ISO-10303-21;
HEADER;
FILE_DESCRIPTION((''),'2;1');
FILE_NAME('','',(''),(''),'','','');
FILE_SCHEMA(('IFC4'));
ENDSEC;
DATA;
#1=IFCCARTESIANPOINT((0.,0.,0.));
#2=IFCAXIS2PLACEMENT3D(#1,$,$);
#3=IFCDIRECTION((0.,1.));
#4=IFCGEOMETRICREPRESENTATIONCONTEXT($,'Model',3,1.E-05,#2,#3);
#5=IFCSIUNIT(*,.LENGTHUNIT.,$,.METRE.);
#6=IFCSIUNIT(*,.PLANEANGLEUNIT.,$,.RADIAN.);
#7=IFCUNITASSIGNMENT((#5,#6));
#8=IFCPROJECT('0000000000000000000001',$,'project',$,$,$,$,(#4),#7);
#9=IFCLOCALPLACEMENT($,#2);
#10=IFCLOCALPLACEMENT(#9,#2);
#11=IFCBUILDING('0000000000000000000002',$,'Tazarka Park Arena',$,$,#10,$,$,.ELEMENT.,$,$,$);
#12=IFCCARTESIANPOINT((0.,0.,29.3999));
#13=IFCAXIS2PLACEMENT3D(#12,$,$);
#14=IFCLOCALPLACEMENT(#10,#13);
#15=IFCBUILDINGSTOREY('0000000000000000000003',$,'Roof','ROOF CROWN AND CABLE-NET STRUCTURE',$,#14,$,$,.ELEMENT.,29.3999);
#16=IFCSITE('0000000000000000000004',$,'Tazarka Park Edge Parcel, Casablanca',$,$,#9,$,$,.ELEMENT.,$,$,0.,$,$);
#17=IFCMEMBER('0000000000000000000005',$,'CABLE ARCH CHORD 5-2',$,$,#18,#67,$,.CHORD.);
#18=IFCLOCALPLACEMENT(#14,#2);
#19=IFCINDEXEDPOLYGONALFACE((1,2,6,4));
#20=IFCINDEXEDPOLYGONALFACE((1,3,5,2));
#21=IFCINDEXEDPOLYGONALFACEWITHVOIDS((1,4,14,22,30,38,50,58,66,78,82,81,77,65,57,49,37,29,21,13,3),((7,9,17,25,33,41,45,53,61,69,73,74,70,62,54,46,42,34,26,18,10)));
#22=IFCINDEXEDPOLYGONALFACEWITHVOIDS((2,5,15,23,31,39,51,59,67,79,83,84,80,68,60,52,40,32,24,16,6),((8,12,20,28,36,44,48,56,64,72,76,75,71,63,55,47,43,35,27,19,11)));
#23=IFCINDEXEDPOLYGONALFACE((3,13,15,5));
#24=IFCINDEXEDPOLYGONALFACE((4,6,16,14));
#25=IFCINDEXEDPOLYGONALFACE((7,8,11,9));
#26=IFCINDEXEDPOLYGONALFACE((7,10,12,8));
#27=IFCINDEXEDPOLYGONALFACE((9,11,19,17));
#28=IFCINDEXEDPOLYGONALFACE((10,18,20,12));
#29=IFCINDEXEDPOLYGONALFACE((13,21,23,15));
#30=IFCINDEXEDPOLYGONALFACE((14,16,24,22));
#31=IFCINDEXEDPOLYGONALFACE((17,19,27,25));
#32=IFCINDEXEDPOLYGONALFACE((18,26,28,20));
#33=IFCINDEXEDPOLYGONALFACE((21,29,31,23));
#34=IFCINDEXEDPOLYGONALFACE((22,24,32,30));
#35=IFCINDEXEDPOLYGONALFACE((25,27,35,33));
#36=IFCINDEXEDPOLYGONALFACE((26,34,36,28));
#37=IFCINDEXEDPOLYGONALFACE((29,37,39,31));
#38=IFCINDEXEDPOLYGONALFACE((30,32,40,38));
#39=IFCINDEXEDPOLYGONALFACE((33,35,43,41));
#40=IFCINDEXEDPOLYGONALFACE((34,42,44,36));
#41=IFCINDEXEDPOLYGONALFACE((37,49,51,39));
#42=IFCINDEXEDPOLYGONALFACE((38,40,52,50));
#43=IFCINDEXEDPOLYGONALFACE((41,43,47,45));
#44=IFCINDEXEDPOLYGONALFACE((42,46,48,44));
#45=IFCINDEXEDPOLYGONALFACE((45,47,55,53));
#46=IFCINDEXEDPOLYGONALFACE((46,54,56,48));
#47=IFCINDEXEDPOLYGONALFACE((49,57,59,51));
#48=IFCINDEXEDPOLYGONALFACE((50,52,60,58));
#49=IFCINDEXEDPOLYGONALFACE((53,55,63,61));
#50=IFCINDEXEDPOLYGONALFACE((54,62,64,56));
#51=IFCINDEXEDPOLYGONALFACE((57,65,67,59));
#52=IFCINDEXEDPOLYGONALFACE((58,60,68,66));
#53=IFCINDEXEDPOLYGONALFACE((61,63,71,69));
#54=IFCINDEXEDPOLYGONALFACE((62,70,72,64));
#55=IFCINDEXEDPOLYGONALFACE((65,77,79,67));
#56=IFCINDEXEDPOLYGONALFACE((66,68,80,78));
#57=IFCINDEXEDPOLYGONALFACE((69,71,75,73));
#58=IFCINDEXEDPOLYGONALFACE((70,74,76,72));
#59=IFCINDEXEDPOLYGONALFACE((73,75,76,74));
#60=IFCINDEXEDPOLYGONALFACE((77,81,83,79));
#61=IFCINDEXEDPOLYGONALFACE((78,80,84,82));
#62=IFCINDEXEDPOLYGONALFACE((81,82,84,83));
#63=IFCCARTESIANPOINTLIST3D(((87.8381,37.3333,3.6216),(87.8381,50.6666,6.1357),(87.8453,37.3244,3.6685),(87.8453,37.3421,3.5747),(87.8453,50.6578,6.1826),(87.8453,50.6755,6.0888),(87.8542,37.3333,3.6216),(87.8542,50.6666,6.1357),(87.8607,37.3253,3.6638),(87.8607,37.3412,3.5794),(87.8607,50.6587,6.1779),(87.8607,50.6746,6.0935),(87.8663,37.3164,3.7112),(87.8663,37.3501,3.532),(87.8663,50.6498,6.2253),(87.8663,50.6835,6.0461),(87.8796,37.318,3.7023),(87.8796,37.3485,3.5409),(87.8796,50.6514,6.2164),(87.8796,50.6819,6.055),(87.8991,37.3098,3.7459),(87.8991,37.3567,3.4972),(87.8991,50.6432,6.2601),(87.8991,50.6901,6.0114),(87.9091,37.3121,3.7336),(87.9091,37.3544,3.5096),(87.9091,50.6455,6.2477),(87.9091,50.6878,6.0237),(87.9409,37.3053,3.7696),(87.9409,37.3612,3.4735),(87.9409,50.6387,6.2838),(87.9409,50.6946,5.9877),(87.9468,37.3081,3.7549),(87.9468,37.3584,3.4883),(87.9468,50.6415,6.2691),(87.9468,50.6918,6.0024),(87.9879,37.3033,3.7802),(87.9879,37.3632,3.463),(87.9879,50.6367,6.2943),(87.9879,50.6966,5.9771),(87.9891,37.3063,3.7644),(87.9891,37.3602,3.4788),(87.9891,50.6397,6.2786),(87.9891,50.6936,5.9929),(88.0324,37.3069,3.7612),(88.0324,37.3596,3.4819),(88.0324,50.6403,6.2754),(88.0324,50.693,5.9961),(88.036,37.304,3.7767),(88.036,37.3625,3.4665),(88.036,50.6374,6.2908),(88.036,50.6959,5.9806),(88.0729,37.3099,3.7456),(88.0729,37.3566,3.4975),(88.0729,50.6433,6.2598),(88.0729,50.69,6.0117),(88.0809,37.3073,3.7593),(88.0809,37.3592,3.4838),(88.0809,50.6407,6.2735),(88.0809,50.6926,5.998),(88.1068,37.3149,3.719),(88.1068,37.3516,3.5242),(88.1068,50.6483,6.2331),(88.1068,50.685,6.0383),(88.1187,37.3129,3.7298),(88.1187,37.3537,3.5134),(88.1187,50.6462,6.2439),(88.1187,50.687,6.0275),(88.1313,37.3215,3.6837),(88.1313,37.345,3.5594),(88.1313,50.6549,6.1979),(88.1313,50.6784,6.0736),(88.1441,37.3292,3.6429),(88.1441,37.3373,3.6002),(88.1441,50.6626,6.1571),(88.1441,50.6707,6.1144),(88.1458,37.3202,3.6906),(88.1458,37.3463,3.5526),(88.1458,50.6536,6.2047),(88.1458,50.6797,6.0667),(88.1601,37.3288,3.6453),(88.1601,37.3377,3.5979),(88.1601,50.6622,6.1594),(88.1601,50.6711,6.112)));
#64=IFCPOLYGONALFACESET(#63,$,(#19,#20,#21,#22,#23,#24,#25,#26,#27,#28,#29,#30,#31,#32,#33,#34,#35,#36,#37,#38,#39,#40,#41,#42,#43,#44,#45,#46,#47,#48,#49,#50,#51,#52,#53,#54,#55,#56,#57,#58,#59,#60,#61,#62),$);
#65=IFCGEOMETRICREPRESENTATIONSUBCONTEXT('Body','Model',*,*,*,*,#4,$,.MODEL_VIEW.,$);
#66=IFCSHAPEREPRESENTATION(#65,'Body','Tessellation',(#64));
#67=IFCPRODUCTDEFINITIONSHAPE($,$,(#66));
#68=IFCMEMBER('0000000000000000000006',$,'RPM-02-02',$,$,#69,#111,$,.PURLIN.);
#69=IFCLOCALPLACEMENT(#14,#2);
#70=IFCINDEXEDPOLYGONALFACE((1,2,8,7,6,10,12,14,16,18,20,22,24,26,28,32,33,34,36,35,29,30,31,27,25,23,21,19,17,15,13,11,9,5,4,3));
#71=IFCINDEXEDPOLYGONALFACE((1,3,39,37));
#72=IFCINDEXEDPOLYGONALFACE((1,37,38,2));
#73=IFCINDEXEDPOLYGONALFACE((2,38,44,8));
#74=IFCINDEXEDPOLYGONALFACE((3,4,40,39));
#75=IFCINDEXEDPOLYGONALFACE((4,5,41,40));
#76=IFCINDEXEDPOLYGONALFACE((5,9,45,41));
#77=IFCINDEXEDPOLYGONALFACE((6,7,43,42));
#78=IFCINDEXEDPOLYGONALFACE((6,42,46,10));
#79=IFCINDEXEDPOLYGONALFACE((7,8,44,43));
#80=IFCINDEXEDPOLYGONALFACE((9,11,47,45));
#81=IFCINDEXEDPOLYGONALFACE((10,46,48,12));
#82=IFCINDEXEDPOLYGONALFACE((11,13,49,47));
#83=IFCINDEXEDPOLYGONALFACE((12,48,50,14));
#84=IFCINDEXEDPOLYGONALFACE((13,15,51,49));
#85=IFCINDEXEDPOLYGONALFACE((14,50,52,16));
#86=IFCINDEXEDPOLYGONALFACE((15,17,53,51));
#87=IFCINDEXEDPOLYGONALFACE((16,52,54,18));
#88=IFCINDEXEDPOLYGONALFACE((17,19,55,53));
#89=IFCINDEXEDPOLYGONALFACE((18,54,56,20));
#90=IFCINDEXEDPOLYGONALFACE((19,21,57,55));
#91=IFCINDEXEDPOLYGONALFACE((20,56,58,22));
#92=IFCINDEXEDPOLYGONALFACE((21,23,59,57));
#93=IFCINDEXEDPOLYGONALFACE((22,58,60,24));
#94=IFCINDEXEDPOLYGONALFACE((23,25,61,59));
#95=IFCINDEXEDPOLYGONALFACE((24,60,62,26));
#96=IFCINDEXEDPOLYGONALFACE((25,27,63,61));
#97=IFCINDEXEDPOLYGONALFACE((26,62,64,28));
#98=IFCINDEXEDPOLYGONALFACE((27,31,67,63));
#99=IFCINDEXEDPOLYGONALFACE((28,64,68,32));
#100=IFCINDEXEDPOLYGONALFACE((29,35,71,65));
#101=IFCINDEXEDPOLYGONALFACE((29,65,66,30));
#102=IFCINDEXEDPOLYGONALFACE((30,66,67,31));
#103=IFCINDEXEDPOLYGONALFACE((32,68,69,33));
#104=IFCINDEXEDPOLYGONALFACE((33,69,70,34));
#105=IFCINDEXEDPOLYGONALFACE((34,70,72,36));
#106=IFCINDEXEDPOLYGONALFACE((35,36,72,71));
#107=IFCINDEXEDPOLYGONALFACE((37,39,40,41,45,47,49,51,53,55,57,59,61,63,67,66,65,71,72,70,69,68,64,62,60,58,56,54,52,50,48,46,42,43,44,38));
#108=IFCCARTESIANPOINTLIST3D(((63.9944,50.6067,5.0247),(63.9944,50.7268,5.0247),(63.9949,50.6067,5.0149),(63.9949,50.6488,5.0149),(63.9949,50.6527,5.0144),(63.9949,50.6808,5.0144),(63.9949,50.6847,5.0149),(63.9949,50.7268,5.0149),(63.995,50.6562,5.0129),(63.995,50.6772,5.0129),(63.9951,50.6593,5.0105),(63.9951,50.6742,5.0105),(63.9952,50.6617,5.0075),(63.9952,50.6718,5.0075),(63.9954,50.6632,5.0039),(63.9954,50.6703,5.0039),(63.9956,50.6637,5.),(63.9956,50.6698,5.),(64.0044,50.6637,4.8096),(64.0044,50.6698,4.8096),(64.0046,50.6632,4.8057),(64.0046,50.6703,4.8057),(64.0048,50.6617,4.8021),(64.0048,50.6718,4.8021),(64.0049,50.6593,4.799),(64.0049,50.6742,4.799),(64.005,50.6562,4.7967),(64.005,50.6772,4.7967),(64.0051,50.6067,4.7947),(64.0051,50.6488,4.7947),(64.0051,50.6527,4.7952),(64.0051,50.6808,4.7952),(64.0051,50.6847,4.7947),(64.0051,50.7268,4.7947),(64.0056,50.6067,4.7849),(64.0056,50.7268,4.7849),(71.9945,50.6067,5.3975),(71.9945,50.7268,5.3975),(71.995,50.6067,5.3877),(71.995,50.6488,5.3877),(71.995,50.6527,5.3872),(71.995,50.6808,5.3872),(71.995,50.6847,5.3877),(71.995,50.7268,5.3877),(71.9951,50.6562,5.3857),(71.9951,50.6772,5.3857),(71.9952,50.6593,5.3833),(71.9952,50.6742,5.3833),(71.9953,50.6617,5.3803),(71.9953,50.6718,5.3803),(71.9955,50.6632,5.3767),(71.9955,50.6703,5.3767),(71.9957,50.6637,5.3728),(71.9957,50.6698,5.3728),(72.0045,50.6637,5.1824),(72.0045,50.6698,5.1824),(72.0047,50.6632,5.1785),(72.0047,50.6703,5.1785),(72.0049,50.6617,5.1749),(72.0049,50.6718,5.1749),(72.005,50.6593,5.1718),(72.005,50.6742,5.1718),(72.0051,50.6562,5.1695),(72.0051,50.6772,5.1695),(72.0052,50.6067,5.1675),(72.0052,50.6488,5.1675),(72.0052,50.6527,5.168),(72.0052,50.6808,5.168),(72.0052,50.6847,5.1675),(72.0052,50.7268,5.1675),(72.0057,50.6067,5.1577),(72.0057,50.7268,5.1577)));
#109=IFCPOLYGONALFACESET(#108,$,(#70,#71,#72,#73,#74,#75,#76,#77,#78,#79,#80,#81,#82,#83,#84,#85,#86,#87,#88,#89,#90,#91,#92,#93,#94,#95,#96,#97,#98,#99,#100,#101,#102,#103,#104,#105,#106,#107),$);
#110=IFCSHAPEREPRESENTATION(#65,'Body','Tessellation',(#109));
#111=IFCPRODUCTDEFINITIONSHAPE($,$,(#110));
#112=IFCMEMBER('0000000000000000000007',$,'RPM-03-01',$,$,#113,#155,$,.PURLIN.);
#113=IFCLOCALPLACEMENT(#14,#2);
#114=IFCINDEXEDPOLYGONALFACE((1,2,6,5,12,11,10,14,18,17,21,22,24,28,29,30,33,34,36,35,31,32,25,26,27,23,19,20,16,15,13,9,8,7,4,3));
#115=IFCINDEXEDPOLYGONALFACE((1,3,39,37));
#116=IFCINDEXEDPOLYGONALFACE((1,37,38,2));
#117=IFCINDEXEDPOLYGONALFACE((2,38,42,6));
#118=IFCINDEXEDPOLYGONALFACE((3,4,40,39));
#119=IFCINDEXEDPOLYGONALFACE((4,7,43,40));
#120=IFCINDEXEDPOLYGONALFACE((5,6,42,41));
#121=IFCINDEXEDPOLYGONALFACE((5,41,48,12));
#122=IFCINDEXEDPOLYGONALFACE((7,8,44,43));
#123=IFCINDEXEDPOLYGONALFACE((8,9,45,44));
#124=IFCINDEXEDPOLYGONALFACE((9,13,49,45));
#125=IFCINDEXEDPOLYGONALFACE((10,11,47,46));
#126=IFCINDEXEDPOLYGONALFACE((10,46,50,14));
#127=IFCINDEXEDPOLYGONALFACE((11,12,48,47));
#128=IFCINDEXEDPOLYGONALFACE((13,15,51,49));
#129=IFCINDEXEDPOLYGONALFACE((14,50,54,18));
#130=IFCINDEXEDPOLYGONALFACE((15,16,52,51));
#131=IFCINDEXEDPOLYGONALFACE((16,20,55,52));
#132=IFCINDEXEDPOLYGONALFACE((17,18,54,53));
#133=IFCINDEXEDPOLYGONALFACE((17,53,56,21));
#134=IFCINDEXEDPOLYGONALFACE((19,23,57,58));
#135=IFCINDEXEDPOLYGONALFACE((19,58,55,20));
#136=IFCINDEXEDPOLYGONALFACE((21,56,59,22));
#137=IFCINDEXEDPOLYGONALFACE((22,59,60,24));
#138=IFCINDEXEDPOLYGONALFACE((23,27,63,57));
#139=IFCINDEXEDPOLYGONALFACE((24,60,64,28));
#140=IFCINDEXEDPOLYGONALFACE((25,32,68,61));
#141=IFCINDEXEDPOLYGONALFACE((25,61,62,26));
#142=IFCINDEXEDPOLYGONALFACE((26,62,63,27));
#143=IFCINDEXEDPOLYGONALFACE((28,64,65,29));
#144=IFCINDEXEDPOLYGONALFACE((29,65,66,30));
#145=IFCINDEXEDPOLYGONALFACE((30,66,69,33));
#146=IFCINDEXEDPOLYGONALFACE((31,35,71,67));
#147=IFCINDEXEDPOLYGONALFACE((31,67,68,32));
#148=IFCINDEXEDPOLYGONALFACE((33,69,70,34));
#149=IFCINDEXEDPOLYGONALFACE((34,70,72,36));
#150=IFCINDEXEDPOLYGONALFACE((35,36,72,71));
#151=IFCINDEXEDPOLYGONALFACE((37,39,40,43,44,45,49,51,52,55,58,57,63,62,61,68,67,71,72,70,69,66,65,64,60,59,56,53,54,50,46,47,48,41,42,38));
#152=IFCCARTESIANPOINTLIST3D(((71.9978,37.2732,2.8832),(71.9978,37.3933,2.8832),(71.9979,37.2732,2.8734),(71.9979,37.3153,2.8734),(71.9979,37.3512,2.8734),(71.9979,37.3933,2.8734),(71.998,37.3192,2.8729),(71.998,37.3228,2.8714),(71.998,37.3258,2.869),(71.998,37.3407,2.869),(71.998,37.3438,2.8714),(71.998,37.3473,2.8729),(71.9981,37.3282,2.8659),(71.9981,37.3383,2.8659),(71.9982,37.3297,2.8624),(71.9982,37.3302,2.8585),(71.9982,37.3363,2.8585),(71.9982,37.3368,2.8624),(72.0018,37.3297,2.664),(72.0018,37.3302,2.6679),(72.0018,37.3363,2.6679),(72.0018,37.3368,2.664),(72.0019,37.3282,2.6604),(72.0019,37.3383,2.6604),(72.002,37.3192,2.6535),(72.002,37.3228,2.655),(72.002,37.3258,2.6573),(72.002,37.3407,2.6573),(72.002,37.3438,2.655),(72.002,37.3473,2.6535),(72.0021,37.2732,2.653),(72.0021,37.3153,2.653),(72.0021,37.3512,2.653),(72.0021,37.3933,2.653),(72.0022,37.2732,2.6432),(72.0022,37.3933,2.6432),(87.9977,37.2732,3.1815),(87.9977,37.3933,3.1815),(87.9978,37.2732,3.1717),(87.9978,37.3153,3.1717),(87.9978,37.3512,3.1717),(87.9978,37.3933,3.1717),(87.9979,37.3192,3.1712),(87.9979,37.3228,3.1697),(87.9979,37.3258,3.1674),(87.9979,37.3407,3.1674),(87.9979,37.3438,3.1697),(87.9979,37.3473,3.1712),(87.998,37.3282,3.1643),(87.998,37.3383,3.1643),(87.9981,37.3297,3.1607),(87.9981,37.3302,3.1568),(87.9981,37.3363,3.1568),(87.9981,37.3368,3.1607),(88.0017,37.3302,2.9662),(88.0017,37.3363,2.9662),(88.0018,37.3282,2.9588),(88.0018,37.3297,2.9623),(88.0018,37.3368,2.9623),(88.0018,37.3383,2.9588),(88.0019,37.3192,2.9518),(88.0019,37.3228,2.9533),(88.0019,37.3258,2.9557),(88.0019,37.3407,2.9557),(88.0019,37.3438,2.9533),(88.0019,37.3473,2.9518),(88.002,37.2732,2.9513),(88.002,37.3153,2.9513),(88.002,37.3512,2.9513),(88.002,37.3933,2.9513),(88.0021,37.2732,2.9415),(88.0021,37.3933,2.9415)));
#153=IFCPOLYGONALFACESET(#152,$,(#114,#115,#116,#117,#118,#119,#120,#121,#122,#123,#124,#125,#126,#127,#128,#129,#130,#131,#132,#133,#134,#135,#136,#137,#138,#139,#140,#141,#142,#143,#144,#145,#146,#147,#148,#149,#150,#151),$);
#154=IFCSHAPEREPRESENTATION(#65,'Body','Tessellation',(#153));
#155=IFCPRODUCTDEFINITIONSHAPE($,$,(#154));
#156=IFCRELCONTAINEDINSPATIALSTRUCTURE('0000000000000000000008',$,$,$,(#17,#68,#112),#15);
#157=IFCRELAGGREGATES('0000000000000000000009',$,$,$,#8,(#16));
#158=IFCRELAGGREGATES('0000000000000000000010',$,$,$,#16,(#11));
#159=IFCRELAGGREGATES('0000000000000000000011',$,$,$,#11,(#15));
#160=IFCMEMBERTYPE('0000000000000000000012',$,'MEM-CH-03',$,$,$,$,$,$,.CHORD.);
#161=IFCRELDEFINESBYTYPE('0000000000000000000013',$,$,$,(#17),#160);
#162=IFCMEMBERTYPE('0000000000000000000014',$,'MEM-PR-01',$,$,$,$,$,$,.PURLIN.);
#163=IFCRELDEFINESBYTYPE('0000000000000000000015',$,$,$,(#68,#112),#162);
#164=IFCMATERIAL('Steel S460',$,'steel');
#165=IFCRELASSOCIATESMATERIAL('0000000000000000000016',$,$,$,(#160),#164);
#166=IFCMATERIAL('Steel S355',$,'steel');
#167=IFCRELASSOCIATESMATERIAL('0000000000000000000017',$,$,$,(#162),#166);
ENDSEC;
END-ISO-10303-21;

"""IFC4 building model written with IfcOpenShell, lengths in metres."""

from ifc_helpers import new_model, si_unit, direction, frame, origin, origin_2d, place, context, subcontext, project, spatial, hollow_circle, i_section, extrude, material, material_profile, profile_set, type_object, element, save


model = new_model("IFC4")

# Units and contexts
model_context = context("Model", 3, precision=1e-05, world=origin(), true_north=direction((0.0, 1.0)))
body_context = subcontext(model_context, "Body", "Model", "MODEL_VIEW")
ifc_project = project(units=[si_unit("LENGTHUNIT", "METRE"), si_unit("PLANEANGLEUNIT", "RADIAN")], contexts=[model_context])

# Site, building, storey
site_placement = place(None, origin())
site = spatial("IfcSite", under=ifc_project, at=site_placement, Name="Tazarka Park Edge Parcel, Casablanca", CompositionType="ELEMENT", RefElevation=0.0)
building_placement = place(site_placement, origin())
building = spatial("IfcBuilding", under=site, at=building_placement, Name="Tazarka Park Arena", CompositionType="ELEMENT")
storey_placement = place(building_placement, frame((0.0, 0.0, 29.3999)))
storey = spatial("IfcBuildingStorey", under=building, at=storey_placement, Name="Roof", Description="ROOF CROWN AND CABLE-NET STRUCTURE", CompositionType="ELEMENT", Elevation=29.3999)

# Members
ifc_material_1 = material(Name="Steel S460", Category="steel")
ifc_material_profile_1 = material_profile(ifc_material_1, hollow_circle(Radius=0.1619, WallThickness=0.0161, at=origin_2d()), Name="Steel S460")
ifc_profile_set_1 = profile_set([ifc_material_profile_1], Name="Steel S460")
member_type_1 = type_object("IfcMemberType", Name="MEM-CH-03", PredefinedType="CHORD", material=ifc_profile_set_1)
member_1_placement = place(storey_placement, frame((88.0, 37.3333, 3.6216), z_axis=(0.0, 0.982683, 0.185294), x_axis=(-1.0, 0.0, 0.0)))
element("IfcMember", 1, at=member_1_placement, inside=storey, type_object=member_type_1, Name="CABLE ARCH CHORD 5-2", PredefinedType="CHORD", context=body_context, shape_type="SweptSolid", body=[
    extrude(hollow_circle(Radius=0.1619, WallThickness=0.0161, at=origin_2d()), origin(), (0.0, 0.0, 1.0), 13.5684),
])
ifc_material_2 = material(Name="Steel S355", Category="steel")
ifc_material_profile_2 = material_profile(ifc_material_2, i_section(OverallWidth=0.1201, OverallDepth=0.24, WebThickness=0.0061, FlangeThickness=0.0098, FilletRadius=0.0149, at=origin_2d()), Name="Steel S355")
ifc_profile_set_2 = profile_set([ifc_material_profile_2], Name="Steel S355")
member_type_2 = type_object("IfcMemberType", Name="MEM-PR-01", PredefinedType="PURLIN", material=ifc_profile_set_2)
member_2_placement = place(storey_placement, frame((64.0, 50.6667, 4.9048), z_axis=(0.998916, 0.0, 0.04655), x_axis=(0.0, 1.0, 0.0)))
element("IfcMember", 2, at=member_2_placement, inside=storey, type_object=member_type_2, Name="RPM-02-02", PredefinedType="PURLIN", context=body_context, shape_type="SweptSolid", body=[
    extrude(i_section(OverallWidth=0.1201, OverallDepth=0.24, WebThickness=0.0061, FlangeThickness=0.0098, FilletRadius=0.0149, at=origin_2d()), origin(), (0.0, 0.0, 1.0), 8.0088),
])
member_3_placement = place(storey_placement, frame((72.0, 37.3333, 2.7632), z_axis=(0.999826, 0.0, 0.018643), x_axis=(0.0, 1.0, 0.0)))
element("IfcMember", 3, at=member_3_placement, inside=storey, type_object=member_type_2, Name="RPM-03-01", PredefinedType="PURLIN", context=body_context, shape_type="SweptSolid", body=[
    extrude(i_section(OverallWidth=0.1201, OverallDepth=0.24, WebThickness=0.0061, FlangeThickness=0.0098, FilletRadius=0.0149, at=origin_2d()), origin(), (0.0, 0.0, 1.0), 16.0027),
])

save(model, "model.ifc")
